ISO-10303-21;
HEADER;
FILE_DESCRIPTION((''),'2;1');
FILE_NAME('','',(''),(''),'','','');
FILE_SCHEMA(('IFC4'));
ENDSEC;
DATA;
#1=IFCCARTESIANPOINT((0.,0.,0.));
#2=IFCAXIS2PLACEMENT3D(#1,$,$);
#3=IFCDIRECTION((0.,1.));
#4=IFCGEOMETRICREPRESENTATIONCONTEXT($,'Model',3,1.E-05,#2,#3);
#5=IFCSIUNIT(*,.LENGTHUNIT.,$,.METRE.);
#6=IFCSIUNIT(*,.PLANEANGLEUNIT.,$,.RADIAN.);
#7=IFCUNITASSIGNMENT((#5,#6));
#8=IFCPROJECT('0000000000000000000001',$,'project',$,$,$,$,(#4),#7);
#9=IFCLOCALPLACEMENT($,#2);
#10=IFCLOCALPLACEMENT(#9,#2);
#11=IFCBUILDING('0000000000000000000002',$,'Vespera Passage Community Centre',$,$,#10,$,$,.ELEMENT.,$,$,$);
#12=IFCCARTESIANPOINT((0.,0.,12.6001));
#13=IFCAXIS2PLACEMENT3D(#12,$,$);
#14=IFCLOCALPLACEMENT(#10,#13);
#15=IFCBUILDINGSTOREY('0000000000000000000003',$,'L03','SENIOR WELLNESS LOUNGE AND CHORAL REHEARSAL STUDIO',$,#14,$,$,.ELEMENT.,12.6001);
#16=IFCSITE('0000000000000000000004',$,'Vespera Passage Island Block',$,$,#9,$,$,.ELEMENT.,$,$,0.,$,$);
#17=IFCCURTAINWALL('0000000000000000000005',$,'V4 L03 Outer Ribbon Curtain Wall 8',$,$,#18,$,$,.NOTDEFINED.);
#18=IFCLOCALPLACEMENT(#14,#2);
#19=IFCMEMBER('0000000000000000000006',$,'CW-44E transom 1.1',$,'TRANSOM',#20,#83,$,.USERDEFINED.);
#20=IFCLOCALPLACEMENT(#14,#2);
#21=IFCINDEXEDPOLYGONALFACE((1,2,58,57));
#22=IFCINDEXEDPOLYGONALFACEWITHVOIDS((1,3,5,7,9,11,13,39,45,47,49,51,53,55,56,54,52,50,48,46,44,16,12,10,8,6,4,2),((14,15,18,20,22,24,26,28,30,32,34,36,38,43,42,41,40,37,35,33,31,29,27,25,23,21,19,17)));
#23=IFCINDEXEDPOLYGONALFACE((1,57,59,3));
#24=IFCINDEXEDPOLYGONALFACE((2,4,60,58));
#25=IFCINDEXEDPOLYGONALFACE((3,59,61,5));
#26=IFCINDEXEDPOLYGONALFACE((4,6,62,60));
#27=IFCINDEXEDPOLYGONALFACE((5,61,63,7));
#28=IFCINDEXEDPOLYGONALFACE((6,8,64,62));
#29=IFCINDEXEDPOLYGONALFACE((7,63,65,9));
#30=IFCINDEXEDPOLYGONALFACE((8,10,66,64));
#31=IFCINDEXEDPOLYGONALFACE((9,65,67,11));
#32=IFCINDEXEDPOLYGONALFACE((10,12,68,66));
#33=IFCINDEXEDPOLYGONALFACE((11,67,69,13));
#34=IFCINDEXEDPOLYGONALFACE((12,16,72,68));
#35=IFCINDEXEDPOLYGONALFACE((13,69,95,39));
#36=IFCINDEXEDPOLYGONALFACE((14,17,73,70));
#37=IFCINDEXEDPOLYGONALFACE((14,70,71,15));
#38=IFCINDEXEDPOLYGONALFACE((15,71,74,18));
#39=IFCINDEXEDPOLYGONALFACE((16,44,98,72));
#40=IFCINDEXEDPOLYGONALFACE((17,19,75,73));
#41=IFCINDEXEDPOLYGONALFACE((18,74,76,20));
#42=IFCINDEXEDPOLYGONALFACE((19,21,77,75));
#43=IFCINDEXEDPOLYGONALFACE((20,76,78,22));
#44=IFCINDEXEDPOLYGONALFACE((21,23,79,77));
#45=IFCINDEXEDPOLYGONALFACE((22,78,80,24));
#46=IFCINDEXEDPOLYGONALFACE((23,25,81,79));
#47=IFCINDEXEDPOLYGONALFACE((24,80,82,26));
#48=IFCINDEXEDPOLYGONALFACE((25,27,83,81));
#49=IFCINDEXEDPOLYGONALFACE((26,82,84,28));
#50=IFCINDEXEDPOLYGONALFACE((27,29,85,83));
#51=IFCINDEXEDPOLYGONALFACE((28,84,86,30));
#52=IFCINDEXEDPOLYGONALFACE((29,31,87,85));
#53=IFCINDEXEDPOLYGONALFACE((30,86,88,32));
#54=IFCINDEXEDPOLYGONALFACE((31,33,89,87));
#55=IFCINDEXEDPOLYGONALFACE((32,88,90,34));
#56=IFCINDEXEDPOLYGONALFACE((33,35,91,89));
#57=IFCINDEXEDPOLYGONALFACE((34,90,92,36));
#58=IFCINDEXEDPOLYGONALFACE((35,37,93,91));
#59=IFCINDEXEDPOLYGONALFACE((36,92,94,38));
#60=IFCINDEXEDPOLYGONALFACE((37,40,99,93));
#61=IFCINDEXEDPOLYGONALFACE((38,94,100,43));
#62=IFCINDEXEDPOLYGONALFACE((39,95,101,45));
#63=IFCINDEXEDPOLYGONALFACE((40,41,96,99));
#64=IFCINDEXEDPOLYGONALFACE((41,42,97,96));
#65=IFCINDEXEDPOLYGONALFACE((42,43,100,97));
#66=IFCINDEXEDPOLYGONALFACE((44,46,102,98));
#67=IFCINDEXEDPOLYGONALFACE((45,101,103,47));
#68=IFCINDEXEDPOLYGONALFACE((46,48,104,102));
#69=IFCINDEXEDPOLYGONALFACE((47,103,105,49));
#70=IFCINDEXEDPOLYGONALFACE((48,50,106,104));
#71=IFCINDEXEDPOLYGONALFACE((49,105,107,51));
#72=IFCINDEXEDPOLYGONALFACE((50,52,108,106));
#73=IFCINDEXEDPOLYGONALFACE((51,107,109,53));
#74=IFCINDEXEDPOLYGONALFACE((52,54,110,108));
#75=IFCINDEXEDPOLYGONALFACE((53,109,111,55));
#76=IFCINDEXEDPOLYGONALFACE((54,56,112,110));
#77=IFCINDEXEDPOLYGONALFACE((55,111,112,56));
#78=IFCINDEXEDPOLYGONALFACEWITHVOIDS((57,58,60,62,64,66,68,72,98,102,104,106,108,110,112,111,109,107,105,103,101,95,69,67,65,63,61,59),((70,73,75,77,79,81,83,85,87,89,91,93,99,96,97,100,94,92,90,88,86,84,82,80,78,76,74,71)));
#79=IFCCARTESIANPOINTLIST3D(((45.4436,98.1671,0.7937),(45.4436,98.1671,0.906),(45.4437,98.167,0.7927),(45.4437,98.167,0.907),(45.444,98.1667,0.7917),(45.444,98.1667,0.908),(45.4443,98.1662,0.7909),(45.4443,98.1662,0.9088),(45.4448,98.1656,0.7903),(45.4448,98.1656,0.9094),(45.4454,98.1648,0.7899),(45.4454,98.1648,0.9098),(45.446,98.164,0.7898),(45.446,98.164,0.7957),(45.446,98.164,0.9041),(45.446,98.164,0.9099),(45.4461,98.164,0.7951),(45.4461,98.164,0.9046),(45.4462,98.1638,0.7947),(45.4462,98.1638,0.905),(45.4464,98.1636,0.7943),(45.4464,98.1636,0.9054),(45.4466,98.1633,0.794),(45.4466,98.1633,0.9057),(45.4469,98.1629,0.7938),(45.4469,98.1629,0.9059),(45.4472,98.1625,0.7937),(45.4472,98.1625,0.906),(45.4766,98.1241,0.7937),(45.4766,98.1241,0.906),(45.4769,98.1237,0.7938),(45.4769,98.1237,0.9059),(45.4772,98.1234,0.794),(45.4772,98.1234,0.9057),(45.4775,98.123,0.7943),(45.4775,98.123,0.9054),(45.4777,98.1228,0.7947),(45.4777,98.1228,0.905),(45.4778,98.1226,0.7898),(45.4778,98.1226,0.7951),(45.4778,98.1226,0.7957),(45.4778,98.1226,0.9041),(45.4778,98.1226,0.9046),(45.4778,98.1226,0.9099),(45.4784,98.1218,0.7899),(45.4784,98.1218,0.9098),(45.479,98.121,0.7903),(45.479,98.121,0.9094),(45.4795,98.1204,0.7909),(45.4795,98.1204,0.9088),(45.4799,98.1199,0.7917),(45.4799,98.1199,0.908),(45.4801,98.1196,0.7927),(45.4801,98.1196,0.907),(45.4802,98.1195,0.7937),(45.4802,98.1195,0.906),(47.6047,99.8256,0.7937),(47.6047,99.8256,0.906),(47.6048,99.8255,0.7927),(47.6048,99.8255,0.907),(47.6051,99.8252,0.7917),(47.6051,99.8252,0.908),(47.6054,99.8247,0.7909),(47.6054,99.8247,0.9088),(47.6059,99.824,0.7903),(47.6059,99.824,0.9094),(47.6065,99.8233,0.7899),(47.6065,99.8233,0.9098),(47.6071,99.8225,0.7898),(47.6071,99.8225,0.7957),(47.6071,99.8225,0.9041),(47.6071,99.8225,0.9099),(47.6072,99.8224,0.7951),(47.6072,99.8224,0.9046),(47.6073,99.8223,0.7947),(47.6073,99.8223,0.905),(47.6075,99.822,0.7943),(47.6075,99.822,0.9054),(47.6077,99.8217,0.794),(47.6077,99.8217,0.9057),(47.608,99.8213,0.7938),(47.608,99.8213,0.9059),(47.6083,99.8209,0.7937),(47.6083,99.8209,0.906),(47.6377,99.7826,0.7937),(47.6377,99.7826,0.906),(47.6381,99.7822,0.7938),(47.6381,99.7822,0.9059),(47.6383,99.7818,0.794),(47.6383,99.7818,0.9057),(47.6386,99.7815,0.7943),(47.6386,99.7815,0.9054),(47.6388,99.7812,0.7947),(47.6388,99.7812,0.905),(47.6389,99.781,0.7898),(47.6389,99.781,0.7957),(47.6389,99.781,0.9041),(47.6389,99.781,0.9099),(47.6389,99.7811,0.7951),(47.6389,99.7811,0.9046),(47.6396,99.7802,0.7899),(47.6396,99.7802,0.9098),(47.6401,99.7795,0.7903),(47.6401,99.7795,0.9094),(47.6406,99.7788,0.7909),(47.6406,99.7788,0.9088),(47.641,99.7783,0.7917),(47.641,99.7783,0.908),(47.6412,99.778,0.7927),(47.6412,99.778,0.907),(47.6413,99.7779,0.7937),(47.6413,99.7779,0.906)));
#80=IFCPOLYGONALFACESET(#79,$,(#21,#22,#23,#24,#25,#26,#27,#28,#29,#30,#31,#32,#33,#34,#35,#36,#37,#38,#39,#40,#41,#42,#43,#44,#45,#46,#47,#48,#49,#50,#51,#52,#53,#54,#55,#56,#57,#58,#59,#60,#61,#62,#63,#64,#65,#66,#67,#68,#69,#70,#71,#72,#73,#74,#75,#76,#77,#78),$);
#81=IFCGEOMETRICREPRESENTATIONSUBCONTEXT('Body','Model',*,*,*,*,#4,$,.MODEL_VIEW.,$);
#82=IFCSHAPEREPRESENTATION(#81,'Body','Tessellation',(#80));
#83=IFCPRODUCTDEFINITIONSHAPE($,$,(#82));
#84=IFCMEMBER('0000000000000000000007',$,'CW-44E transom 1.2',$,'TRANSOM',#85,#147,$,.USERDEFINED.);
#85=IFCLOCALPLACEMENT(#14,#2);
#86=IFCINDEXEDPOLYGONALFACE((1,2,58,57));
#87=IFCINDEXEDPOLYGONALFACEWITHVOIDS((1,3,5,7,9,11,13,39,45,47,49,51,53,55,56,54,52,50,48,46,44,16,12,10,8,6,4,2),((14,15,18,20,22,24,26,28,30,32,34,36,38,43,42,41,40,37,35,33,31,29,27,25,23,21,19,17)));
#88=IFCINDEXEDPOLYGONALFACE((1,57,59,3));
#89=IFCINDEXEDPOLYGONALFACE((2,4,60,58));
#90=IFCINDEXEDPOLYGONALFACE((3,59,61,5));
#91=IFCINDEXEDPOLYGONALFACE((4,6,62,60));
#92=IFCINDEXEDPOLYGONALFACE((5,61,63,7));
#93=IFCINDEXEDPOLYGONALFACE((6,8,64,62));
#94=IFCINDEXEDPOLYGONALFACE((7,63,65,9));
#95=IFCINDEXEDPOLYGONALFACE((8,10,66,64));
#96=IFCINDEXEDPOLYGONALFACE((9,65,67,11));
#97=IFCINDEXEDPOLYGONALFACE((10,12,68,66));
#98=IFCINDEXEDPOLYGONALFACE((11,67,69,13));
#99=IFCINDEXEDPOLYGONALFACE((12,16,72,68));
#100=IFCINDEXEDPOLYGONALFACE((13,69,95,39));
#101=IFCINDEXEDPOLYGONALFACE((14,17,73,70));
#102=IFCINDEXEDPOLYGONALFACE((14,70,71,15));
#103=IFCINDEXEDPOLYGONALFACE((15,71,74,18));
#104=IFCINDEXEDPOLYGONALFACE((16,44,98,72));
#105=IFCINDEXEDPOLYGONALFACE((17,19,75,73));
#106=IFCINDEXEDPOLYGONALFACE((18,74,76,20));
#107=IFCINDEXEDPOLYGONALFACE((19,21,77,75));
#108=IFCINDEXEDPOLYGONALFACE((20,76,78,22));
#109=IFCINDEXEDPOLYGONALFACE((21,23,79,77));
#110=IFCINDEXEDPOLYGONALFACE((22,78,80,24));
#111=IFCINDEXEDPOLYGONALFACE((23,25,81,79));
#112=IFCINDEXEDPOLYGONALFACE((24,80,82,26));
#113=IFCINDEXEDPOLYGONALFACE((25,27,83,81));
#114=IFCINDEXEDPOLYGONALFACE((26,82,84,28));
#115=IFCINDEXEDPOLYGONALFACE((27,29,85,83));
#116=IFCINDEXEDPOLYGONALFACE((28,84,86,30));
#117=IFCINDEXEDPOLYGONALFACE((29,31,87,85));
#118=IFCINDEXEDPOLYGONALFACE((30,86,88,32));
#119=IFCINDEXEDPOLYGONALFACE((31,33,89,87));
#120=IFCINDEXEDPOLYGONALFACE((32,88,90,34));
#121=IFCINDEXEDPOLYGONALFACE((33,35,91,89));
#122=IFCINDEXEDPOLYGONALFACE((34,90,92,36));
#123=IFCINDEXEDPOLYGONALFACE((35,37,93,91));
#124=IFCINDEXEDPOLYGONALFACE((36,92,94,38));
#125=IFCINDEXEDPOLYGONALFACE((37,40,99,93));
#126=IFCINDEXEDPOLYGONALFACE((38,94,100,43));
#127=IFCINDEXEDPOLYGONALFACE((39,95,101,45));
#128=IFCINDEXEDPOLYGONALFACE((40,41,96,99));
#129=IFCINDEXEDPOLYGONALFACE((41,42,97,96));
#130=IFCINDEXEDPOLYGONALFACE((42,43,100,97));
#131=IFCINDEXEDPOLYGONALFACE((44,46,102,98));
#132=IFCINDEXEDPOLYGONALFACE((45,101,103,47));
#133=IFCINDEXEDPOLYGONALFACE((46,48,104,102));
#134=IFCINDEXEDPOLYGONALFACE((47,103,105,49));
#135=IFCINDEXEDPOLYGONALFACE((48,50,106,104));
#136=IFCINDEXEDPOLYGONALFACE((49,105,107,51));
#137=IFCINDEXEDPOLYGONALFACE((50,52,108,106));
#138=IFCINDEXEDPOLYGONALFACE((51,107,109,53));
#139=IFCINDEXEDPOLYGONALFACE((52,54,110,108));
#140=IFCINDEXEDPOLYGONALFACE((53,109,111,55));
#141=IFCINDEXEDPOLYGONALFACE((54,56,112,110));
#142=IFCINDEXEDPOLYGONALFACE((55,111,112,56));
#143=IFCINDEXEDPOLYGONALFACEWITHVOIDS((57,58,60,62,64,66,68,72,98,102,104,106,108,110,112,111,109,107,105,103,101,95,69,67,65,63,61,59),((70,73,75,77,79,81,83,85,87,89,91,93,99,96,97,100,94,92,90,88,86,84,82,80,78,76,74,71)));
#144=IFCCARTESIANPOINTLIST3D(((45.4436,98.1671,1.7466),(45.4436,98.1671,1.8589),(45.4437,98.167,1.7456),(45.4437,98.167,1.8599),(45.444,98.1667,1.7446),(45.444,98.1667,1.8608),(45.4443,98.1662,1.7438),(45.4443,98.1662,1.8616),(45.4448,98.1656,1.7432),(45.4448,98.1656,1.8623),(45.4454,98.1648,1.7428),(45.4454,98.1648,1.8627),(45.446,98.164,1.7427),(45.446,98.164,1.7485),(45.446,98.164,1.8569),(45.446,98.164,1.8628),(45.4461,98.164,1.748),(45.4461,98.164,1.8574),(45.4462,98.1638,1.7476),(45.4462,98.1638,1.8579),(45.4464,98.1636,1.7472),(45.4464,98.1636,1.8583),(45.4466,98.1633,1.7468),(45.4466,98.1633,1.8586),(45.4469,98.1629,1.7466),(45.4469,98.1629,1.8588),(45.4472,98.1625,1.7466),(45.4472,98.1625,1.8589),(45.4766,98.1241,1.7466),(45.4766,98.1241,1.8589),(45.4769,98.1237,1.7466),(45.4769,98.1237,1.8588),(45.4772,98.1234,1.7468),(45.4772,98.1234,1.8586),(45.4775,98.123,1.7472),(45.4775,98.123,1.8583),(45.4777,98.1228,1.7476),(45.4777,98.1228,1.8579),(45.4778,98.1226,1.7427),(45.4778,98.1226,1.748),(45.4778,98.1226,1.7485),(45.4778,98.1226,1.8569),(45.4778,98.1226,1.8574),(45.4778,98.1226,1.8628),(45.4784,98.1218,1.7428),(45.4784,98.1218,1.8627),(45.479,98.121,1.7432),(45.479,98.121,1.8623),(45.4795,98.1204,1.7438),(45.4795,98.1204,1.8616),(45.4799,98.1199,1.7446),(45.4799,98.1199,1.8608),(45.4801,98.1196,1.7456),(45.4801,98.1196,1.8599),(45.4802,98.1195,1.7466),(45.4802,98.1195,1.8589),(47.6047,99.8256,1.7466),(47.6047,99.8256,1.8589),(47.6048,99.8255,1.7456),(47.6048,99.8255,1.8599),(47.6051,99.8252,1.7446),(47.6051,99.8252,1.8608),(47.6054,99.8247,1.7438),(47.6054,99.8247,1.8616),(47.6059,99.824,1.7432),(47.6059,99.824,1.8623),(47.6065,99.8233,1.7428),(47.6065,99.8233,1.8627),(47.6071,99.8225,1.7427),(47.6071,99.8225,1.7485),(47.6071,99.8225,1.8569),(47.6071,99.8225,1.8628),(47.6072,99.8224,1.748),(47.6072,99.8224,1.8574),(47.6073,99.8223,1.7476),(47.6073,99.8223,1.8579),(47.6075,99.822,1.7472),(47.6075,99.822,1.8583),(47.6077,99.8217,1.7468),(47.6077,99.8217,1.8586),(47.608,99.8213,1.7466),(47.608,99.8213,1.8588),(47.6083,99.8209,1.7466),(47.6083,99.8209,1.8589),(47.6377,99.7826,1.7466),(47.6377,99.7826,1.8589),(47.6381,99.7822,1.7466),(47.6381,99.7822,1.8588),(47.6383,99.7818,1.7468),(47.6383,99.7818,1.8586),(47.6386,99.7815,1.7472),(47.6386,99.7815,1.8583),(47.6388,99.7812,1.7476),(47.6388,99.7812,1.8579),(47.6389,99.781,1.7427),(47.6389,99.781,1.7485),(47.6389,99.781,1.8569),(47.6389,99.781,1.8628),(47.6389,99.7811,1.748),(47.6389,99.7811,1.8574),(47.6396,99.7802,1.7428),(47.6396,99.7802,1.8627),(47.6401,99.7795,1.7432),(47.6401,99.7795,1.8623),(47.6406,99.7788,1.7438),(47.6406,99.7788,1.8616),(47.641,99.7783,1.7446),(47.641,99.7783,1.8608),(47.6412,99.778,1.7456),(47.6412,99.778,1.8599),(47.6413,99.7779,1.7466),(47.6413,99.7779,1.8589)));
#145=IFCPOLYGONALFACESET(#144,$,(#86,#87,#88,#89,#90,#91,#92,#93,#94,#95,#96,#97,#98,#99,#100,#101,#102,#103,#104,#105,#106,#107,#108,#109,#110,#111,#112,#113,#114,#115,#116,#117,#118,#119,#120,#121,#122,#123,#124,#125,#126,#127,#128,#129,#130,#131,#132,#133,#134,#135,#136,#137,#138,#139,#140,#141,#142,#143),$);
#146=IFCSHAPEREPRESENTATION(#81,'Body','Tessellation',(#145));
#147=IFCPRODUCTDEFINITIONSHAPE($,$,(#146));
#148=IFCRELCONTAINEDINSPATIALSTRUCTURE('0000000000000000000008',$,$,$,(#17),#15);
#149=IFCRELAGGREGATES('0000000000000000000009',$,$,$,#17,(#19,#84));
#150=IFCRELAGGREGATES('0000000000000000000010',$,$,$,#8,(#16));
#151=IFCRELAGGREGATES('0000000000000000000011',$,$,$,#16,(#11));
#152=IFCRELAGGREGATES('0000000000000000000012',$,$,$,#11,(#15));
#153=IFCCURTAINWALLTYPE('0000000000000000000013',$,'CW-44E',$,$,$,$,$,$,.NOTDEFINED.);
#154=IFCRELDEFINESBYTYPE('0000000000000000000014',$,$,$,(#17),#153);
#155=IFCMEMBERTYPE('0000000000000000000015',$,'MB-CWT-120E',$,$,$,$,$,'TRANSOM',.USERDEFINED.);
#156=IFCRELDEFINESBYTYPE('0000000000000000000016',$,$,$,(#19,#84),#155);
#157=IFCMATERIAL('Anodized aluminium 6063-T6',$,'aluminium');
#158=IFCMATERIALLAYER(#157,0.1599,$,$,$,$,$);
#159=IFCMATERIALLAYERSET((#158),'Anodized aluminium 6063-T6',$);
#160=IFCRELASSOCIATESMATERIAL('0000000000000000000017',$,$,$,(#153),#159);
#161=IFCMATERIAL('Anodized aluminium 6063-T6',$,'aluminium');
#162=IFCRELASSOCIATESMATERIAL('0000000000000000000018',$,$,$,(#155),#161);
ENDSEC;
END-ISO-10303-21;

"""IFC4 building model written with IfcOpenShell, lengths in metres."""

from ifc_helpers import new_model, si_unit, direction, frame, origin, origin_2d, place, context, subcontext, project, spatial, hollow_rectangle, extrude, material, layer, layer_set, material_profile, profile_set, type_object, element, aggregate, save


model = new_model("IFC4")

# Units and contexts
model_context = context("Model", 3, precision=1e-05, world=origin(), true_north=direction((0.0, 1.0)))
body_context = subcontext(model_context, "Body", "Model", "MODEL_VIEW")
ifc_project = project(units=[si_unit("LENGTHUNIT", "METRE"), si_unit("PLANEANGLEUNIT", "RADIAN")], contexts=[model_context])

# Site, building, storey
site_placement = place(None, origin())
site = spatial("IfcSite", under=ifc_project, at=site_placement, Name="Vespera Passage Island Block", CompositionType="ELEMENT", RefElevation=0.0)
building_placement = place(site_placement, origin())
building = spatial("IfcBuilding", under=site, at=building_placement, Name="Vespera Passage Community Centre", CompositionType="ELEMENT")
storey_placement = place(building_placement, frame((0.0, 0.0, 12.6001)))
storey = spatial("IfcBuildingStorey", under=building, at=storey_placement, Name="L03", Description="SENIOR WELLNESS LOUNGE AND CHORAL REHEARSAL STUDIO", CompositionType="ELEMENT", Elevation=12.6001)

# Curtain wall
ifc_material_1 = material(Name="Anodized aluminium 6063-T6", Category="aluminium")
ifc_layer_1 = layer(ifc_material_1, 0.1599)
ifc_layer_set_1 = layer_set([ifc_layer_1], Name="Anodized aluminium 6063-T6")
curtain_wall_type_1 = type_object("IfcCurtainWallType", Name="CW-44E", PredefinedType="NOTDEFINED", material=ifc_layer_set_1)
curtain_wall_1_placement = place(storey_placement, origin())
curtain_wall_1 = element("IfcCurtainWall", 1, at=curtain_wall_1_placement, inside=storey, type_object=curtain_wall_type_1, Name="V4 L03 Outer Ribbon Curtain Wall 8", PredefinedType="NOTDEFINED")

# Members
ifc_material_2 = material(Name="Anodized aluminium 6063-T6", Category="aluminium")
ifc_material_profile_1 = material_profile(ifc_material_2, hollow_rectangle(XDim=0.0601, YDim=0.1201, WallThickness=0.0039, InnerFilletRadius=0.002, OuterFilletRadius=0.0039, at=origin_2d()), Name="ALU120X60X4")
ifc_profile_set_1 = profile_set([ifc_material_profile_1], Name="Anodized aluminium 6063-T6")
member_type_1 = type_object("IfcMemberType", Name="MB-CWT-120E", ElementType="TRANSOM", PredefinedType="USERDEFINED", material=ifc_profile_set_1)
member_1_placement = place(storey_placement, frame((45.4619, 98.1433, 0.8499), z_axis=(0.793326, 0.608796, 0.0), x_axis=(-0.608796, 0.793326, 0.0)))
member_1 = element("IfcMember", 2, at=member_1_placement, type_object=member_type_1, Name="CW-44E transom 1.1", ObjectType="TRANSOM", PredefinedType="USERDEFINED", context=body_context, shape_type="SweptSolid", body=[
    extrude(hollow_rectangle(XDim=0.0601, YDim=0.1201, WallThickness=0.0039, InnerFilletRadius=0.002, OuterFilletRadius=0.0039, at=origin_2d()), origin(), (0.0, 0.0, 1.0), 2.7241),
])
member_2_placement = place(storey_placement, frame((45.4619, 98.1433, 1.8027), z_axis=(0.793326, 0.608796, 0.0), x_axis=(-0.608796, 0.793326, 0.0)))
member_2 = element("IfcMember", 3, at=member_2_placement, type_object=member_type_1, Name="CW-44E transom 1.2", ObjectType="TRANSOM", PredefinedType="USERDEFINED", context=body_context, shape_type="SweptSolid", body=[
    extrude(hollow_rectangle(XDim=0.0601, YDim=0.1201, WallThickness=0.0039, InnerFilletRadius=0.002, OuterFilletRadius=0.0039, at=origin_2d()), origin(), (0.0, 0.0, 1.0), 2.7241),
])

aggregate(curtain_wall_1, [member_1, member_2])

save(model, "model.ifc")
